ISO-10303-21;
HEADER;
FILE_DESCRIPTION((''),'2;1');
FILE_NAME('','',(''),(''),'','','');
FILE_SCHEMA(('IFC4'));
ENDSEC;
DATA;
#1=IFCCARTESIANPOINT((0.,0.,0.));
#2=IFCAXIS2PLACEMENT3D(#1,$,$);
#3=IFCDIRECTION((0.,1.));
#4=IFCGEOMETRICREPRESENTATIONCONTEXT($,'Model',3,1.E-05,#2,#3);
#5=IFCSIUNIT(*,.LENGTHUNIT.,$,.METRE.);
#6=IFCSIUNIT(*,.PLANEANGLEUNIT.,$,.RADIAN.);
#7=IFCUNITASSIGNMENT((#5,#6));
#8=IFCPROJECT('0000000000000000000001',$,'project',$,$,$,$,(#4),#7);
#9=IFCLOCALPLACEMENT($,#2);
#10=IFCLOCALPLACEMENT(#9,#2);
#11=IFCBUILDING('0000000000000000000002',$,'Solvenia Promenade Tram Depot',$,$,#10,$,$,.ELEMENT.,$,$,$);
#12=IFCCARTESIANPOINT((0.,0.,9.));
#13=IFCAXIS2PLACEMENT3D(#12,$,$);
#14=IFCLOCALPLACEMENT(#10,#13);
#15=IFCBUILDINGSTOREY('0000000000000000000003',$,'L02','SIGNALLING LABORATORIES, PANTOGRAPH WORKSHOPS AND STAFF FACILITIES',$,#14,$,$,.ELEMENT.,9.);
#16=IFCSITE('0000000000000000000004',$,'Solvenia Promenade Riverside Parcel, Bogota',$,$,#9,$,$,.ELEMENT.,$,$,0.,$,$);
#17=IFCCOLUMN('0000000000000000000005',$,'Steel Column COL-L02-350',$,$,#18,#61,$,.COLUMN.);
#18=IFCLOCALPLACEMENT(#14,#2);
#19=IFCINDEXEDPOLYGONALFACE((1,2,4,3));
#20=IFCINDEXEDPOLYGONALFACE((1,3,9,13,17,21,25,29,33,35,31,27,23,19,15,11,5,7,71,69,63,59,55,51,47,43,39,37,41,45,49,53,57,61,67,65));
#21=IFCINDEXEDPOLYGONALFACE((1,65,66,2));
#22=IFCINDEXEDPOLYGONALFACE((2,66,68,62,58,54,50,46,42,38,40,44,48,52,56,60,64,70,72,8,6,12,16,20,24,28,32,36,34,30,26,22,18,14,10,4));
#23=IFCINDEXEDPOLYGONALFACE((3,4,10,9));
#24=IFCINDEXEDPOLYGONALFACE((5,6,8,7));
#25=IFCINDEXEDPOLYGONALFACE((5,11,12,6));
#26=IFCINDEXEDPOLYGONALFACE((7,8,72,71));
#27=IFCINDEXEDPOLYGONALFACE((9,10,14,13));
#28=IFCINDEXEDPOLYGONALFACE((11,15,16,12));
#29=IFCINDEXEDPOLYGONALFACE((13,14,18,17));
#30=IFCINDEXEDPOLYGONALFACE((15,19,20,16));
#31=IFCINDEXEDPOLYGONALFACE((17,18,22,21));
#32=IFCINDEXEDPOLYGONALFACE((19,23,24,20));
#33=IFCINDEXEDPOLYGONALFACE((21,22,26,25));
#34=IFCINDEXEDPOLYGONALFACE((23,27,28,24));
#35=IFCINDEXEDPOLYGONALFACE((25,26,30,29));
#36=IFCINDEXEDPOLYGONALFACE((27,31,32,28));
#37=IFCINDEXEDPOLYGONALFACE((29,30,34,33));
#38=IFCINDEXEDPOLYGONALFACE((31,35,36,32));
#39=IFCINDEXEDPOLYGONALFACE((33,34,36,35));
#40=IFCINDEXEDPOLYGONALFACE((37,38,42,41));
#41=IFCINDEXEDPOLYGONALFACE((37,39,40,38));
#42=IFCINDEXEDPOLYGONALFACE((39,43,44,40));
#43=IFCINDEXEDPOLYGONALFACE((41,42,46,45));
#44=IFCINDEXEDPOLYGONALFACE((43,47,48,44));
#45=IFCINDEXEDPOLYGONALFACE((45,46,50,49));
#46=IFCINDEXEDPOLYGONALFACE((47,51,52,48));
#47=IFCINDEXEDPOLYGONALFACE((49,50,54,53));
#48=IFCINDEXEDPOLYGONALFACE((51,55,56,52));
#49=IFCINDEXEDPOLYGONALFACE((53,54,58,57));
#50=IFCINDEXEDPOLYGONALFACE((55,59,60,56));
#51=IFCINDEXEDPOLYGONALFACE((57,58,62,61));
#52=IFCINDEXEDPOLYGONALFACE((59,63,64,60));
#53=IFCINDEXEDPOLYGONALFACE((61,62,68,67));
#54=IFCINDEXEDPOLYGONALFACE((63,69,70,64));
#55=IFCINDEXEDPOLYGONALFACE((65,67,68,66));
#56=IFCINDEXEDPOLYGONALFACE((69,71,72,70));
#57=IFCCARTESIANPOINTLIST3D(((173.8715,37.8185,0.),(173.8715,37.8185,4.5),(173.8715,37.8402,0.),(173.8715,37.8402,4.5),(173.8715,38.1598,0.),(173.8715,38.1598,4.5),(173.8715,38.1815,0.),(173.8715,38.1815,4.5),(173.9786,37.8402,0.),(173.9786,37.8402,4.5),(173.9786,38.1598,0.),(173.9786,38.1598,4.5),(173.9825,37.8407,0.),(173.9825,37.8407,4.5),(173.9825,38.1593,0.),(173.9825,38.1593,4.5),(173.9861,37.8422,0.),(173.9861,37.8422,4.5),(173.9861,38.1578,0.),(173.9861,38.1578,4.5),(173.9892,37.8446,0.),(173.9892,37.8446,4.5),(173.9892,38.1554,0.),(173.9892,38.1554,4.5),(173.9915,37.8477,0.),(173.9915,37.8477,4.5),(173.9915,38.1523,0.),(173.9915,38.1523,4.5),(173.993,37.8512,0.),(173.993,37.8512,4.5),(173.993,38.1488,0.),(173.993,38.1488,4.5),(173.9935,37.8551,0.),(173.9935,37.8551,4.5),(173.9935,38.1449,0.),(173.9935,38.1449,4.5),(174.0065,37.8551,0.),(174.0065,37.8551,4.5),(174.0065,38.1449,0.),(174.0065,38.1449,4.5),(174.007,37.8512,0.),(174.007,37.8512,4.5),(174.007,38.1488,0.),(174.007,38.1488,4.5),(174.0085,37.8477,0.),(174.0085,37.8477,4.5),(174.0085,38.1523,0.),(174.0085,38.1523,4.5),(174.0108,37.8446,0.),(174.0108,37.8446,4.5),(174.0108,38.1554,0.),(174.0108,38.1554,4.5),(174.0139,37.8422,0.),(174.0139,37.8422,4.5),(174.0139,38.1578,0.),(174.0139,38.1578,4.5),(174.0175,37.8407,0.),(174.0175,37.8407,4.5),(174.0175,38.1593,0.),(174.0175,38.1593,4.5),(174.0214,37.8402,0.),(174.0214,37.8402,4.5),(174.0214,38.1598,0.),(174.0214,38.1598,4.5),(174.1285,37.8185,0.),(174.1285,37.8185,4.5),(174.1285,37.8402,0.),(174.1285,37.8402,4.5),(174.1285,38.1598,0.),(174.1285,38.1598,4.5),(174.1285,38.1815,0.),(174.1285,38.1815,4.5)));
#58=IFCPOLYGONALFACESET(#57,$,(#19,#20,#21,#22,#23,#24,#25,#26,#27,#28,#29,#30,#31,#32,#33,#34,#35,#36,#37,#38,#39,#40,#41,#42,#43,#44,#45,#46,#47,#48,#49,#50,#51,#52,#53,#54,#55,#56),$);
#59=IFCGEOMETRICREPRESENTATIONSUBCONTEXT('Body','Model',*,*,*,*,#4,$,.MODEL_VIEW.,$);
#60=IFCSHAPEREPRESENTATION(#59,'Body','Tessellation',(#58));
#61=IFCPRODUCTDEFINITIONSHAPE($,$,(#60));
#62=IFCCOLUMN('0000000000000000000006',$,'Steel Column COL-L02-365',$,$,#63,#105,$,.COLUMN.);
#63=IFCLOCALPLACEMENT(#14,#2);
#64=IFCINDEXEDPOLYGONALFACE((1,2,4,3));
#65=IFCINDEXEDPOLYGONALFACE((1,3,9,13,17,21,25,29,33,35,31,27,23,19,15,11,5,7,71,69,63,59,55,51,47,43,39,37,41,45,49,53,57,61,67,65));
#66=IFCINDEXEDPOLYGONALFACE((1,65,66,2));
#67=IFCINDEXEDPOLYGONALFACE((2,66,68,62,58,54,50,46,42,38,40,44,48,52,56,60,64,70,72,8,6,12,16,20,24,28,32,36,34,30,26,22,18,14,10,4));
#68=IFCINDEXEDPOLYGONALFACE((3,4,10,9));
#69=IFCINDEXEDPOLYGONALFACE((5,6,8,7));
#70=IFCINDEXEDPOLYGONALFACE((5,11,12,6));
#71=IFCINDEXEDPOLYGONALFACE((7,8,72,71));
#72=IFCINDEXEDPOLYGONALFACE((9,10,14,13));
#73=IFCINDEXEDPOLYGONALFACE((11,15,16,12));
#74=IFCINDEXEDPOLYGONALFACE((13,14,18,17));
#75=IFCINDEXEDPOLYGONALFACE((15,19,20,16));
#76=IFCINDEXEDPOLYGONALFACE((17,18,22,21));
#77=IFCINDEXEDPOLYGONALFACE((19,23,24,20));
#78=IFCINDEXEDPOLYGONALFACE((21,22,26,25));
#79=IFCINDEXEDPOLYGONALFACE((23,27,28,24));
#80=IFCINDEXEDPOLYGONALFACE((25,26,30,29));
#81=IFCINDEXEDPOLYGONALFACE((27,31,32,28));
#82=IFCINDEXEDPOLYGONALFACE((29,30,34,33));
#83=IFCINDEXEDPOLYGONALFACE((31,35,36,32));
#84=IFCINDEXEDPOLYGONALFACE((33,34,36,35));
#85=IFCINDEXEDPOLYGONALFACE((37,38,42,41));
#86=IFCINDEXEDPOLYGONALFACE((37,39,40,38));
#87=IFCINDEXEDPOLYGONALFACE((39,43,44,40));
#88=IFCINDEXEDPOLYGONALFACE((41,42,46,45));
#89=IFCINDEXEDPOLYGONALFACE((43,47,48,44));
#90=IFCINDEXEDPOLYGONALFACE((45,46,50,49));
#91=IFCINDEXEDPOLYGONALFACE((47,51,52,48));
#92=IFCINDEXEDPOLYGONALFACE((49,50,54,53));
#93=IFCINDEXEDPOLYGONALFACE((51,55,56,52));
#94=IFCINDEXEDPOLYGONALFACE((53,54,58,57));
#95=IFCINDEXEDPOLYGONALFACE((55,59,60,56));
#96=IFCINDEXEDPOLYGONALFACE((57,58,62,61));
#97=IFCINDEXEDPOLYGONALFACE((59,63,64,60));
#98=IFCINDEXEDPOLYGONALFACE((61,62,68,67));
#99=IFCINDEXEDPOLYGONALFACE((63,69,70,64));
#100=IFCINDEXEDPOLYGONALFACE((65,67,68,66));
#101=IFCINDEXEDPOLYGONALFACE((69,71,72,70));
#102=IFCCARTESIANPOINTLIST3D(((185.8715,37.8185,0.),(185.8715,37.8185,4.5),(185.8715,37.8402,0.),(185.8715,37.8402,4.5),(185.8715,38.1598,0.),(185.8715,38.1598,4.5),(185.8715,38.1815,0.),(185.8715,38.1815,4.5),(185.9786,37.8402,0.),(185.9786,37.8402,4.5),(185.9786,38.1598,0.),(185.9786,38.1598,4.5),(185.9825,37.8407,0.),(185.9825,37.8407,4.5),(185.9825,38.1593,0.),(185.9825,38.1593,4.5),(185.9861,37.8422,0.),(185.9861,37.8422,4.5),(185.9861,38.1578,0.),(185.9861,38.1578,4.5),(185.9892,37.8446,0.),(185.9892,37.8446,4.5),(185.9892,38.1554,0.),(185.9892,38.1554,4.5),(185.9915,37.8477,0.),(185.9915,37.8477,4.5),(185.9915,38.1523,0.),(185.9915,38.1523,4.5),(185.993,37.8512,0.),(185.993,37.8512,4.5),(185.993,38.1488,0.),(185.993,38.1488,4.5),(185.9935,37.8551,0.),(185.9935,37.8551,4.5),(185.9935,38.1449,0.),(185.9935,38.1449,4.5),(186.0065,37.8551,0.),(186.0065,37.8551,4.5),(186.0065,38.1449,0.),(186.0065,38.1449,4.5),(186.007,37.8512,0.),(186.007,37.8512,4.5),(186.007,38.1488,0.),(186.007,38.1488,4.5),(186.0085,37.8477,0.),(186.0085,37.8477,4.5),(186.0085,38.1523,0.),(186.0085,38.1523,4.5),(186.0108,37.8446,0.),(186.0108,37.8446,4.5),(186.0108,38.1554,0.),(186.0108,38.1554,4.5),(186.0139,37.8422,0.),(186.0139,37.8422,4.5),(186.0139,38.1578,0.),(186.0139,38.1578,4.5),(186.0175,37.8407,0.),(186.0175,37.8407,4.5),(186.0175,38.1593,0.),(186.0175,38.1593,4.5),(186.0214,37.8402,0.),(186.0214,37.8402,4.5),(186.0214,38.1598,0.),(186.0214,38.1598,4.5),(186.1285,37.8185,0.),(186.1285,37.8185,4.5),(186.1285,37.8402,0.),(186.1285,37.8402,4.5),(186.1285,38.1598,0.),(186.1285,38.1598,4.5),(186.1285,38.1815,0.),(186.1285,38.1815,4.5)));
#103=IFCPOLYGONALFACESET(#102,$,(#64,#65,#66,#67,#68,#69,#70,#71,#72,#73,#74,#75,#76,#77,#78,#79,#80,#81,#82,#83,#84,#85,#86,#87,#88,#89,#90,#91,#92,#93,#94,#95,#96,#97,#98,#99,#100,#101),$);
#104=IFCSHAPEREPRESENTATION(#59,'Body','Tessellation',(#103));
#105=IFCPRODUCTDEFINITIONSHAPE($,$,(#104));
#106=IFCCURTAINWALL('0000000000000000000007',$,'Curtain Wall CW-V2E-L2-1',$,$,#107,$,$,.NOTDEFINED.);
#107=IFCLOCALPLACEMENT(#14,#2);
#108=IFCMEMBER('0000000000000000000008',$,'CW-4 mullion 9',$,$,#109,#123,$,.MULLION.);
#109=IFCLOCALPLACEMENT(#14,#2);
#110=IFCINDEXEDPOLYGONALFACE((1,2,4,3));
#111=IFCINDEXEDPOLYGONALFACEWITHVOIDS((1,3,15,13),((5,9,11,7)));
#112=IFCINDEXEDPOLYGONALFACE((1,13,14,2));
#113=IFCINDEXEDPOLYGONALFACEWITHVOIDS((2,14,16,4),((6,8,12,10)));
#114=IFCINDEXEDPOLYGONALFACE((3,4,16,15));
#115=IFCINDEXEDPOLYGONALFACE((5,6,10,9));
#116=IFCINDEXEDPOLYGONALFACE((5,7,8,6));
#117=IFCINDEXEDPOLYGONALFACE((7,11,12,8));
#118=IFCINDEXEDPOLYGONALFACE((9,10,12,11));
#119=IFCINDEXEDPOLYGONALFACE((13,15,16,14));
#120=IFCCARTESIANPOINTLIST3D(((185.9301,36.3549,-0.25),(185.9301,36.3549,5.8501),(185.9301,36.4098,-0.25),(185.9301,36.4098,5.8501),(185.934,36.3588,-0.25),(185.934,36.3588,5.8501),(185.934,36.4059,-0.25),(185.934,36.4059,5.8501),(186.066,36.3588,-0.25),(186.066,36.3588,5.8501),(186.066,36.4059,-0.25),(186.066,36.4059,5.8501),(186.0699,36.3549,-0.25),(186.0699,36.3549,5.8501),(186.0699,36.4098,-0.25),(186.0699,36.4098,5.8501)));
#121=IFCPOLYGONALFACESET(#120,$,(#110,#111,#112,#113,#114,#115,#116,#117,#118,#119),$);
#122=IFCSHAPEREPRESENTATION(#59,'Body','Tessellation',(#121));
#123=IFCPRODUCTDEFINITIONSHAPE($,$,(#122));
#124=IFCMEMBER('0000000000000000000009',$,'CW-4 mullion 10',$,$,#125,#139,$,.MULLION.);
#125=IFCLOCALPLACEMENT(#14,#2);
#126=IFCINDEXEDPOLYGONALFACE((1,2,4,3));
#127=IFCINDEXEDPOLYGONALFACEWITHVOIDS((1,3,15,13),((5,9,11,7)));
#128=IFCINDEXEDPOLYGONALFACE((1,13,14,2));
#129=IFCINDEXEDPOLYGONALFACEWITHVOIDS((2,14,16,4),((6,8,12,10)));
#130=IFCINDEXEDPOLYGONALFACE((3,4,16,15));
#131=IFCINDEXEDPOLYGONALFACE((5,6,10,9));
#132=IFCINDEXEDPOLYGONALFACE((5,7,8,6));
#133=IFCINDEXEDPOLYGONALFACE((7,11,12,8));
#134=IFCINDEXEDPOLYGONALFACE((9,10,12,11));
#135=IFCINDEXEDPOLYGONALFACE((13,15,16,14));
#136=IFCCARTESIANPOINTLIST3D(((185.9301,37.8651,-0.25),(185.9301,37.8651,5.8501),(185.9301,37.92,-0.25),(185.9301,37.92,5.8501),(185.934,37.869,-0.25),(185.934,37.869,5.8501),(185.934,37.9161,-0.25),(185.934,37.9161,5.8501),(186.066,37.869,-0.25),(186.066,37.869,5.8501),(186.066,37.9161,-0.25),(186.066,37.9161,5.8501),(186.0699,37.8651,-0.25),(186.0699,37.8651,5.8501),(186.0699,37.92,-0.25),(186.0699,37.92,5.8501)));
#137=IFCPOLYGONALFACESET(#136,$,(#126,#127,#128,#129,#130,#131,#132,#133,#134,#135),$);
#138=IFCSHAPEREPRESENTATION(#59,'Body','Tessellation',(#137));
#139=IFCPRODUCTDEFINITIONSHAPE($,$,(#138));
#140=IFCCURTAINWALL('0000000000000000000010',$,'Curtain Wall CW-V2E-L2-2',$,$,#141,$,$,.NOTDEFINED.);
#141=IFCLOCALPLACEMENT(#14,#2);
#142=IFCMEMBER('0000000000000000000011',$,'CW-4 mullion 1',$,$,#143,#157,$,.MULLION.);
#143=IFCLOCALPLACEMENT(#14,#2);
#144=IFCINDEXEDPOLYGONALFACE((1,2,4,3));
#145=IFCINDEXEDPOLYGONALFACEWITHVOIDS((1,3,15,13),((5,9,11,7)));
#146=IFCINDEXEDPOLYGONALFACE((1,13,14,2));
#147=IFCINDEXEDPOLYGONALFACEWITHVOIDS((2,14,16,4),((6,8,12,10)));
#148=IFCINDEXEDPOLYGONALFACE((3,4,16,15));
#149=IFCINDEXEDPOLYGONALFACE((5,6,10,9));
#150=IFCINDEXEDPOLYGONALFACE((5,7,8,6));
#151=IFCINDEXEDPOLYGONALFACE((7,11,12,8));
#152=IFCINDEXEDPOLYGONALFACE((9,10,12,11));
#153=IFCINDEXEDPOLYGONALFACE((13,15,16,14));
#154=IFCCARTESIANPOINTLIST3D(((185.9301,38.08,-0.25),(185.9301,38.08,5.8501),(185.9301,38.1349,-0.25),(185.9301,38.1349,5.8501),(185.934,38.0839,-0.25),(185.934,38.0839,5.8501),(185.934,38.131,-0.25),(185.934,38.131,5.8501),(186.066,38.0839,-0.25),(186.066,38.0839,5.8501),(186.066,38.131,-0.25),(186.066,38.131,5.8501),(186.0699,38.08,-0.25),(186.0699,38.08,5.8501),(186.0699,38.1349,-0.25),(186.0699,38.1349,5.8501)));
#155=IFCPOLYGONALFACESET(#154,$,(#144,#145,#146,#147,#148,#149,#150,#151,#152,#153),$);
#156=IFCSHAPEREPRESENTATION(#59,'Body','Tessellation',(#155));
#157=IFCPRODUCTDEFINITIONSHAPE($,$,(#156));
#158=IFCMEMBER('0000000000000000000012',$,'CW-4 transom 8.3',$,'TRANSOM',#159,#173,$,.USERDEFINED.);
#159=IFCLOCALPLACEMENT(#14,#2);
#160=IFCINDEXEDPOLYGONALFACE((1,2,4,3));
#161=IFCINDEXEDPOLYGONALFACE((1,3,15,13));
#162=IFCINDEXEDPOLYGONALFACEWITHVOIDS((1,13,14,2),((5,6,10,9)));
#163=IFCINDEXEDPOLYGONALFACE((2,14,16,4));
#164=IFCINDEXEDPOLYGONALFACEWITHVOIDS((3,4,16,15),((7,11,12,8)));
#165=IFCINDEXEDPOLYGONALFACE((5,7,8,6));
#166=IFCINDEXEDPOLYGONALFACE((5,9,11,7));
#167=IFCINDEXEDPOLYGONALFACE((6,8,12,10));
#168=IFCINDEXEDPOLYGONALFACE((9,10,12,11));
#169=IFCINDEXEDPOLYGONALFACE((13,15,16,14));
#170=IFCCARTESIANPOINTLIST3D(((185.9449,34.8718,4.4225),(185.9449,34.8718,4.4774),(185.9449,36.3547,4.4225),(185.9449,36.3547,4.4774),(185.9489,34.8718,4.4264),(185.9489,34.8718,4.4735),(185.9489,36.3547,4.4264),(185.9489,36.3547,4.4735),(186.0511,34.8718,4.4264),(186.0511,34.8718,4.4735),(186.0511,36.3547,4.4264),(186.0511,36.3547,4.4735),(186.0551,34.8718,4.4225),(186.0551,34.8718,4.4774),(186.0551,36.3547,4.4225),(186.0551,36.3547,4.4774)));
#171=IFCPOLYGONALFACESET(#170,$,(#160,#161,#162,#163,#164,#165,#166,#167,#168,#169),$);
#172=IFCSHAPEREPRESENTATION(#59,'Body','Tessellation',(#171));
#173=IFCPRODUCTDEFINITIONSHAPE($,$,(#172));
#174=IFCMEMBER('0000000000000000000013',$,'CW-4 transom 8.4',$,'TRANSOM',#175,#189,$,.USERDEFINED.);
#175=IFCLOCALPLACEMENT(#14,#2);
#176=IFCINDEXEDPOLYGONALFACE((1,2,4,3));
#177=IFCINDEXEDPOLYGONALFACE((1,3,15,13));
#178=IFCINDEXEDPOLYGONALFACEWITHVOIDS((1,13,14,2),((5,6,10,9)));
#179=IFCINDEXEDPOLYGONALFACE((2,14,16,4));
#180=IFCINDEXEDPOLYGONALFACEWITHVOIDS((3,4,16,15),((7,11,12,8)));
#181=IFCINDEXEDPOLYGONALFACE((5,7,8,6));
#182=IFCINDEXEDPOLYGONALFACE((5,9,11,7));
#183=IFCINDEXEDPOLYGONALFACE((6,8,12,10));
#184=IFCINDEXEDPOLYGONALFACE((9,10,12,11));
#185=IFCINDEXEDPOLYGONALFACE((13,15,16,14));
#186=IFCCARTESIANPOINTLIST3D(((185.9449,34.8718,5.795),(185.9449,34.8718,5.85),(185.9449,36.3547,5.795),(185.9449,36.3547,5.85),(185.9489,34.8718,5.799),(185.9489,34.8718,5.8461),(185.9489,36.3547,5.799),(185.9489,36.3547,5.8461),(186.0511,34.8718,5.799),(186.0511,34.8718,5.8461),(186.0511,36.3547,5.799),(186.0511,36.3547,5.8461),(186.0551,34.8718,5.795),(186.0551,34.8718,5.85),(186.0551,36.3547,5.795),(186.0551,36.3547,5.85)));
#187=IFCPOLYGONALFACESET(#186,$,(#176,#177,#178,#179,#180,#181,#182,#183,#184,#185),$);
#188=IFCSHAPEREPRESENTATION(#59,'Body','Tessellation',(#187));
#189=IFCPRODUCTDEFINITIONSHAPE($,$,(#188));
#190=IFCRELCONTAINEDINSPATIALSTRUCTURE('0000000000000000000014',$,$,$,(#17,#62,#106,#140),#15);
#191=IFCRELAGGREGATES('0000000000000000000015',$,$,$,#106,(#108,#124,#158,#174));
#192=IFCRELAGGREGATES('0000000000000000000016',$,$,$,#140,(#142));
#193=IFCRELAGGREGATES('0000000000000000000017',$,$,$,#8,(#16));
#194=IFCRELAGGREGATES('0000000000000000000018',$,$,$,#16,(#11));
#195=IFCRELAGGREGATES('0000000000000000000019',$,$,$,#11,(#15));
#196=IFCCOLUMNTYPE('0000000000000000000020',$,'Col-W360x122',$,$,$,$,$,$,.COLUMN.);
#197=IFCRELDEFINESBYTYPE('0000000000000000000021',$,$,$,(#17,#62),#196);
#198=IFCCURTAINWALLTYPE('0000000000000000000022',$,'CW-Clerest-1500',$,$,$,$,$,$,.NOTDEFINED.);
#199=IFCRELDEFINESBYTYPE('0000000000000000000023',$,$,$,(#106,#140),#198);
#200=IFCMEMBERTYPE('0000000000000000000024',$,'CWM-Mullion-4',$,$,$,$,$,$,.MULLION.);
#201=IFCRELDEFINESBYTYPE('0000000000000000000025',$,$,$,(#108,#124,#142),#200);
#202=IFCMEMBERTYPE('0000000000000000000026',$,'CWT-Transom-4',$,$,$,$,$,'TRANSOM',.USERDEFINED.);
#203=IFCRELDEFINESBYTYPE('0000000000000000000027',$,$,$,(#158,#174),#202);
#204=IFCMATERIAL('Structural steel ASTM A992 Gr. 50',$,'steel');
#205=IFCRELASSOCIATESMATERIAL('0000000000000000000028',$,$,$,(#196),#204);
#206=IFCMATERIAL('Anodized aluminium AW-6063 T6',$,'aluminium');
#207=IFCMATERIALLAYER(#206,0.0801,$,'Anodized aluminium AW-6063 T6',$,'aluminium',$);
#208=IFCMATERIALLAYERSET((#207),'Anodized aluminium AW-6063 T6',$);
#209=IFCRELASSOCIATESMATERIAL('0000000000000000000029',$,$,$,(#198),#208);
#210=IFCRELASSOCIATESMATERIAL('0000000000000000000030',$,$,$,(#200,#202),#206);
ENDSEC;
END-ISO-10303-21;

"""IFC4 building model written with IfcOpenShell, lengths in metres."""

from ifc_helpers import new_model, si_unit, direction, frame, origin, origin_2d, place, context, subcontext, project, spatial, hollow_rectangle, i_section, extrude, material, layer, layer_set, material_profile, profile_set, type_object, element, aggregate, save


model = new_model("IFC4")

# Units and contexts
model_context = context("Model", 3, precision=1e-05, world=origin(), true_north=direction((0.0, 1.0)))
body_context = subcontext(model_context, "Body", "Model", "MODEL_VIEW")
ifc_project = project(units=[si_unit("LENGTHUNIT", "METRE"), si_unit("PLANEANGLEUNIT", "RADIAN")], contexts=[model_context])

# Site, building, storey
site_placement = place(None, origin())
site = spatial("IfcSite", under=ifc_project, at=site_placement, Name="Solvenia Promenade Riverside Parcel, Bogota", CompositionType="ELEMENT", RefElevation=0.0)
building_placement = place(site_placement, origin())
building = spatial("IfcBuilding", under=site, at=building_placement, Name="Solvenia Promenade Tram Depot", CompositionType="ELEMENT")
storey_placement = place(building_placement, frame((0.0, 0.0, 9.0)))
storey = spatial("IfcBuildingStorey", under=building, at=storey_placement, Name="L02", Description="SIGNALLING LABORATORIES, PANTOGRAPH WORKSHOPS AND STAFF FACILITIES", CompositionType="ELEMENT", Elevation=9.0)

# Columns
ifc_material_1 = material(Name="Structural steel ASTM A992 Gr. 50", Category="steel")
ifc_material_profile_1 = material_profile(ifc_material_1, i_section(OverallWidth=0.2571, OverallDepth=0.363, WebThickness=0.0129, FlangeThickness=0.0217, FilletRadius=0.0149, at=origin_2d()), Name="W360x122", Category="steel")
ifc_profile_set_1 = profile_set([ifc_material_profile_1], Name="Structural steel ASTM A992 Gr. 50")
column_type = type_object("IfcColumnType", Name="Col-W360x122", PredefinedType="COLUMN", material=ifc_profile_set_1)
for number, where, z_axis, x_axis, name in (
    (1, (174.0, 38.0, 0.0), (0.0, 0.0, 1.0), (1.0, 0.0, 0.0), "Steel Column COL-L02-350"),
    (2, (186.0, 38.0, 0.0), (0.0, 0.0, 1.0), (1.0, 0.0, 0.0), "Steel Column COL-L02-365"),
):
    element("IfcColumn", number, at=place(storey_placement, frame(where, z_axis=z_axis, x_axis=x_axis)), inside=storey, type_object=column_type, Name=name, PredefinedType="COLUMN", context=body_context, shape_type="SweptSolid", body=[
        extrude(i_section(OverallWidth=0.2571, OverallDepth=0.363, WebThickness=0.0129, FlangeThickness=0.0217, FilletRadius=0.0149, at=origin_2d()), origin(), (0.0, 0.0, 1.0), 4.5),
    ])

# Curtain wall, members
ifc_material_2 = material(Name="Anodized aluminium AW-6063 T6", Category="aluminium")
ifc_layer_1 = layer(ifc_material_2, 0.0801, Name="Anodized aluminium AW-6063 T6", Category="aluminium")
ifc_layer_set_1 = layer_set([ifc_layer_1], Name="Anodized aluminium AW-6063 T6")
curtain_wall_type = type_object("IfcCurtainWallType", Name="CW-Clerest-1500", PredefinedType="NOTDEFINED", material=ifc_layer_set_1)
curtain_wall_1_placement = place(storey_placement, origin())
curtain_wall_1 = element("IfcCurtainWall", 3, at=curtain_wall_1_placement, inside=storey, type_object=curtain_wall_type, Name="Curtain Wall CW-V2E-L2-1", PredefinedType="NOTDEFINED")
ifc_material_profile_2 = material_profile(ifc_material_2, hollow_rectangle(XDim=0.1399, YDim=0.0549, WallThickness=0.0039, at=origin_2d()), Name="ALU-M4", Category="aluminium")
ifc_profile_set_2 = profile_set([ifc_material_profile_2], Name="Anodized aluminium AW-6063 T6")
member_type_1 = type_object("IfcMemberType", Name="CWM-Mullion-4", PredefinedType="MULLION", material=ifc_profile_set_2)
member_1_placement = place(storey_placement, frame((186.0, 36.3823, -0.25), z_axis=(0.0, 0.0, 1.0), x_axis=(-1.0, 0.0, 0.0)))
member_1 = element("IfcMember", 4, at=member_1_placement, type_object=member_type_1, Name="CW-4 mullion 9", PredefinedType="MULLION", context=body_context, shape_type="SweptSolid", body=[
    extrude(hollow_rectangle(XDim=0.1399, YDim=0.0549, WallThickness=0.0039, at=origin_2d()), origin(), (0.0, 0.0, 1.0), 6.1001),
])
member_2_placement = place(storey_placement, frame((186.0, 37.8926, -0.25), z_axis=(0.0, 0.0, 1.0), x_axis=(-1.0, 0.0, 0.0)))
member_2 = element("IfcMember", 5, at=member_2_placement, type_object=member_type_1, Name="CW-4 mullion 10", PredefinedType="MULLION", context=body_context, shape_type="SweptSolid", body=[
    extrude(hollow_rectangle(XDim=0.1399, YDim=0.0549, WallThickness=0.0039, at=origin_2d()), origin(), (0.0, 0.0, 1.0), 6.1001),
])

# Curtain wall, member
curtain_wall_2_placement = place(storey_placement, origin())
curtain_wall_2 = element("IfcCurtainWall", 6, at=curtain_wall_2_placement, inside=storey, type_object=curtain_wall_type, Name="Curtain Wall CW-V2E-L2-2", PredefinedType="NOTDEFINED")
member_3_placement = place(storey_placement, frame((186.0, 38.1074, -0.25), z_axis=(0.0, 0.0, 1.0), x_axis=(-1.0, 0.0, 0.0)))
member_3 = element("IfcMember", 7, at=member_3_placement, type_object=member_type_1, Name="CW-4 mullion 1", PredefinedType="MULLION", context=body_context, shape_type="SweptSolid", body=[
    extrude(hollow_rectangle(XDim=0.1399, YDim=0.0549, WallThickness=0.0039, at=origin_2d()), origin(), (0.0, 0.0, 1.0), 6.1001),
])

# Members
ifc_material_profile_3 = material_profile(ifc_material_2, hollow_rectangle(XDim=0.1101, YDim=0.0549, WallThickness=0.0039, at=origin_2d()), Name="ALU-T4", Category="aluminium")
ifc_profile_set_3 = profile_set([ifc_material_profile_3], Name="Anodized aluminium AW-6063 T6")
member_type_2 = type_object("IfcMemberType", Name="CWT-Transom-4", ElementType="TRANSOM", PredefinedType="USERDEFINED", material=ifc_profile_set_3)
member_4_placement = place(storey_placement, frame((186.0, 34.8718, 4.45), z_axis=(0.0, 1.0, 0.0), x_axis=(-1.0, 0.0, 0.0)))
member_4 = element("IfcMember", 8, at=member_4_placement, type_object=member_type_2, Name="CW-4 transom 8.3", ObjectType="TRANSOM", PredefinedType="USERDEFINED", context=body_context, shape_type="SweptSolid", body=[
    extrude(hollow_rectangle(XDim=0.1101, YDim=0.0549, WallThickness=0.0039, at=origin_2d()), origin(), (0.0, 0.0, 1.0), 1.4829),
])
member_5_placement = place(storey_placement, frame((186.0, 34.8718, 5.8225), z_axis=(0.0, 1.0, 0.0), x_axis=(-1.0, 0.0, 0.0)))
member_5 = element("IfcMember", 9, at=member_5_placement, type_object=member_type_2, Name="CW-4 transom 8.4", ObjectType="TRANSOM", PredefinedType="USERDEFINED", context=body_context, shape_type="SweptSolid", body=[
    extrude(hollow_rectangle(XDim=0.1101, YDim=0.0549, WallThickness=0.0039, at=origin_2d()), origin(), (0.0, 0.0, 1.0), 1.4829),
])

aggregate(curtain_wall_1, [member_1, member_2, member_4, member_5])
aggregate(curtain_wall_2, [member_3])

save(model, "model.ifc")
